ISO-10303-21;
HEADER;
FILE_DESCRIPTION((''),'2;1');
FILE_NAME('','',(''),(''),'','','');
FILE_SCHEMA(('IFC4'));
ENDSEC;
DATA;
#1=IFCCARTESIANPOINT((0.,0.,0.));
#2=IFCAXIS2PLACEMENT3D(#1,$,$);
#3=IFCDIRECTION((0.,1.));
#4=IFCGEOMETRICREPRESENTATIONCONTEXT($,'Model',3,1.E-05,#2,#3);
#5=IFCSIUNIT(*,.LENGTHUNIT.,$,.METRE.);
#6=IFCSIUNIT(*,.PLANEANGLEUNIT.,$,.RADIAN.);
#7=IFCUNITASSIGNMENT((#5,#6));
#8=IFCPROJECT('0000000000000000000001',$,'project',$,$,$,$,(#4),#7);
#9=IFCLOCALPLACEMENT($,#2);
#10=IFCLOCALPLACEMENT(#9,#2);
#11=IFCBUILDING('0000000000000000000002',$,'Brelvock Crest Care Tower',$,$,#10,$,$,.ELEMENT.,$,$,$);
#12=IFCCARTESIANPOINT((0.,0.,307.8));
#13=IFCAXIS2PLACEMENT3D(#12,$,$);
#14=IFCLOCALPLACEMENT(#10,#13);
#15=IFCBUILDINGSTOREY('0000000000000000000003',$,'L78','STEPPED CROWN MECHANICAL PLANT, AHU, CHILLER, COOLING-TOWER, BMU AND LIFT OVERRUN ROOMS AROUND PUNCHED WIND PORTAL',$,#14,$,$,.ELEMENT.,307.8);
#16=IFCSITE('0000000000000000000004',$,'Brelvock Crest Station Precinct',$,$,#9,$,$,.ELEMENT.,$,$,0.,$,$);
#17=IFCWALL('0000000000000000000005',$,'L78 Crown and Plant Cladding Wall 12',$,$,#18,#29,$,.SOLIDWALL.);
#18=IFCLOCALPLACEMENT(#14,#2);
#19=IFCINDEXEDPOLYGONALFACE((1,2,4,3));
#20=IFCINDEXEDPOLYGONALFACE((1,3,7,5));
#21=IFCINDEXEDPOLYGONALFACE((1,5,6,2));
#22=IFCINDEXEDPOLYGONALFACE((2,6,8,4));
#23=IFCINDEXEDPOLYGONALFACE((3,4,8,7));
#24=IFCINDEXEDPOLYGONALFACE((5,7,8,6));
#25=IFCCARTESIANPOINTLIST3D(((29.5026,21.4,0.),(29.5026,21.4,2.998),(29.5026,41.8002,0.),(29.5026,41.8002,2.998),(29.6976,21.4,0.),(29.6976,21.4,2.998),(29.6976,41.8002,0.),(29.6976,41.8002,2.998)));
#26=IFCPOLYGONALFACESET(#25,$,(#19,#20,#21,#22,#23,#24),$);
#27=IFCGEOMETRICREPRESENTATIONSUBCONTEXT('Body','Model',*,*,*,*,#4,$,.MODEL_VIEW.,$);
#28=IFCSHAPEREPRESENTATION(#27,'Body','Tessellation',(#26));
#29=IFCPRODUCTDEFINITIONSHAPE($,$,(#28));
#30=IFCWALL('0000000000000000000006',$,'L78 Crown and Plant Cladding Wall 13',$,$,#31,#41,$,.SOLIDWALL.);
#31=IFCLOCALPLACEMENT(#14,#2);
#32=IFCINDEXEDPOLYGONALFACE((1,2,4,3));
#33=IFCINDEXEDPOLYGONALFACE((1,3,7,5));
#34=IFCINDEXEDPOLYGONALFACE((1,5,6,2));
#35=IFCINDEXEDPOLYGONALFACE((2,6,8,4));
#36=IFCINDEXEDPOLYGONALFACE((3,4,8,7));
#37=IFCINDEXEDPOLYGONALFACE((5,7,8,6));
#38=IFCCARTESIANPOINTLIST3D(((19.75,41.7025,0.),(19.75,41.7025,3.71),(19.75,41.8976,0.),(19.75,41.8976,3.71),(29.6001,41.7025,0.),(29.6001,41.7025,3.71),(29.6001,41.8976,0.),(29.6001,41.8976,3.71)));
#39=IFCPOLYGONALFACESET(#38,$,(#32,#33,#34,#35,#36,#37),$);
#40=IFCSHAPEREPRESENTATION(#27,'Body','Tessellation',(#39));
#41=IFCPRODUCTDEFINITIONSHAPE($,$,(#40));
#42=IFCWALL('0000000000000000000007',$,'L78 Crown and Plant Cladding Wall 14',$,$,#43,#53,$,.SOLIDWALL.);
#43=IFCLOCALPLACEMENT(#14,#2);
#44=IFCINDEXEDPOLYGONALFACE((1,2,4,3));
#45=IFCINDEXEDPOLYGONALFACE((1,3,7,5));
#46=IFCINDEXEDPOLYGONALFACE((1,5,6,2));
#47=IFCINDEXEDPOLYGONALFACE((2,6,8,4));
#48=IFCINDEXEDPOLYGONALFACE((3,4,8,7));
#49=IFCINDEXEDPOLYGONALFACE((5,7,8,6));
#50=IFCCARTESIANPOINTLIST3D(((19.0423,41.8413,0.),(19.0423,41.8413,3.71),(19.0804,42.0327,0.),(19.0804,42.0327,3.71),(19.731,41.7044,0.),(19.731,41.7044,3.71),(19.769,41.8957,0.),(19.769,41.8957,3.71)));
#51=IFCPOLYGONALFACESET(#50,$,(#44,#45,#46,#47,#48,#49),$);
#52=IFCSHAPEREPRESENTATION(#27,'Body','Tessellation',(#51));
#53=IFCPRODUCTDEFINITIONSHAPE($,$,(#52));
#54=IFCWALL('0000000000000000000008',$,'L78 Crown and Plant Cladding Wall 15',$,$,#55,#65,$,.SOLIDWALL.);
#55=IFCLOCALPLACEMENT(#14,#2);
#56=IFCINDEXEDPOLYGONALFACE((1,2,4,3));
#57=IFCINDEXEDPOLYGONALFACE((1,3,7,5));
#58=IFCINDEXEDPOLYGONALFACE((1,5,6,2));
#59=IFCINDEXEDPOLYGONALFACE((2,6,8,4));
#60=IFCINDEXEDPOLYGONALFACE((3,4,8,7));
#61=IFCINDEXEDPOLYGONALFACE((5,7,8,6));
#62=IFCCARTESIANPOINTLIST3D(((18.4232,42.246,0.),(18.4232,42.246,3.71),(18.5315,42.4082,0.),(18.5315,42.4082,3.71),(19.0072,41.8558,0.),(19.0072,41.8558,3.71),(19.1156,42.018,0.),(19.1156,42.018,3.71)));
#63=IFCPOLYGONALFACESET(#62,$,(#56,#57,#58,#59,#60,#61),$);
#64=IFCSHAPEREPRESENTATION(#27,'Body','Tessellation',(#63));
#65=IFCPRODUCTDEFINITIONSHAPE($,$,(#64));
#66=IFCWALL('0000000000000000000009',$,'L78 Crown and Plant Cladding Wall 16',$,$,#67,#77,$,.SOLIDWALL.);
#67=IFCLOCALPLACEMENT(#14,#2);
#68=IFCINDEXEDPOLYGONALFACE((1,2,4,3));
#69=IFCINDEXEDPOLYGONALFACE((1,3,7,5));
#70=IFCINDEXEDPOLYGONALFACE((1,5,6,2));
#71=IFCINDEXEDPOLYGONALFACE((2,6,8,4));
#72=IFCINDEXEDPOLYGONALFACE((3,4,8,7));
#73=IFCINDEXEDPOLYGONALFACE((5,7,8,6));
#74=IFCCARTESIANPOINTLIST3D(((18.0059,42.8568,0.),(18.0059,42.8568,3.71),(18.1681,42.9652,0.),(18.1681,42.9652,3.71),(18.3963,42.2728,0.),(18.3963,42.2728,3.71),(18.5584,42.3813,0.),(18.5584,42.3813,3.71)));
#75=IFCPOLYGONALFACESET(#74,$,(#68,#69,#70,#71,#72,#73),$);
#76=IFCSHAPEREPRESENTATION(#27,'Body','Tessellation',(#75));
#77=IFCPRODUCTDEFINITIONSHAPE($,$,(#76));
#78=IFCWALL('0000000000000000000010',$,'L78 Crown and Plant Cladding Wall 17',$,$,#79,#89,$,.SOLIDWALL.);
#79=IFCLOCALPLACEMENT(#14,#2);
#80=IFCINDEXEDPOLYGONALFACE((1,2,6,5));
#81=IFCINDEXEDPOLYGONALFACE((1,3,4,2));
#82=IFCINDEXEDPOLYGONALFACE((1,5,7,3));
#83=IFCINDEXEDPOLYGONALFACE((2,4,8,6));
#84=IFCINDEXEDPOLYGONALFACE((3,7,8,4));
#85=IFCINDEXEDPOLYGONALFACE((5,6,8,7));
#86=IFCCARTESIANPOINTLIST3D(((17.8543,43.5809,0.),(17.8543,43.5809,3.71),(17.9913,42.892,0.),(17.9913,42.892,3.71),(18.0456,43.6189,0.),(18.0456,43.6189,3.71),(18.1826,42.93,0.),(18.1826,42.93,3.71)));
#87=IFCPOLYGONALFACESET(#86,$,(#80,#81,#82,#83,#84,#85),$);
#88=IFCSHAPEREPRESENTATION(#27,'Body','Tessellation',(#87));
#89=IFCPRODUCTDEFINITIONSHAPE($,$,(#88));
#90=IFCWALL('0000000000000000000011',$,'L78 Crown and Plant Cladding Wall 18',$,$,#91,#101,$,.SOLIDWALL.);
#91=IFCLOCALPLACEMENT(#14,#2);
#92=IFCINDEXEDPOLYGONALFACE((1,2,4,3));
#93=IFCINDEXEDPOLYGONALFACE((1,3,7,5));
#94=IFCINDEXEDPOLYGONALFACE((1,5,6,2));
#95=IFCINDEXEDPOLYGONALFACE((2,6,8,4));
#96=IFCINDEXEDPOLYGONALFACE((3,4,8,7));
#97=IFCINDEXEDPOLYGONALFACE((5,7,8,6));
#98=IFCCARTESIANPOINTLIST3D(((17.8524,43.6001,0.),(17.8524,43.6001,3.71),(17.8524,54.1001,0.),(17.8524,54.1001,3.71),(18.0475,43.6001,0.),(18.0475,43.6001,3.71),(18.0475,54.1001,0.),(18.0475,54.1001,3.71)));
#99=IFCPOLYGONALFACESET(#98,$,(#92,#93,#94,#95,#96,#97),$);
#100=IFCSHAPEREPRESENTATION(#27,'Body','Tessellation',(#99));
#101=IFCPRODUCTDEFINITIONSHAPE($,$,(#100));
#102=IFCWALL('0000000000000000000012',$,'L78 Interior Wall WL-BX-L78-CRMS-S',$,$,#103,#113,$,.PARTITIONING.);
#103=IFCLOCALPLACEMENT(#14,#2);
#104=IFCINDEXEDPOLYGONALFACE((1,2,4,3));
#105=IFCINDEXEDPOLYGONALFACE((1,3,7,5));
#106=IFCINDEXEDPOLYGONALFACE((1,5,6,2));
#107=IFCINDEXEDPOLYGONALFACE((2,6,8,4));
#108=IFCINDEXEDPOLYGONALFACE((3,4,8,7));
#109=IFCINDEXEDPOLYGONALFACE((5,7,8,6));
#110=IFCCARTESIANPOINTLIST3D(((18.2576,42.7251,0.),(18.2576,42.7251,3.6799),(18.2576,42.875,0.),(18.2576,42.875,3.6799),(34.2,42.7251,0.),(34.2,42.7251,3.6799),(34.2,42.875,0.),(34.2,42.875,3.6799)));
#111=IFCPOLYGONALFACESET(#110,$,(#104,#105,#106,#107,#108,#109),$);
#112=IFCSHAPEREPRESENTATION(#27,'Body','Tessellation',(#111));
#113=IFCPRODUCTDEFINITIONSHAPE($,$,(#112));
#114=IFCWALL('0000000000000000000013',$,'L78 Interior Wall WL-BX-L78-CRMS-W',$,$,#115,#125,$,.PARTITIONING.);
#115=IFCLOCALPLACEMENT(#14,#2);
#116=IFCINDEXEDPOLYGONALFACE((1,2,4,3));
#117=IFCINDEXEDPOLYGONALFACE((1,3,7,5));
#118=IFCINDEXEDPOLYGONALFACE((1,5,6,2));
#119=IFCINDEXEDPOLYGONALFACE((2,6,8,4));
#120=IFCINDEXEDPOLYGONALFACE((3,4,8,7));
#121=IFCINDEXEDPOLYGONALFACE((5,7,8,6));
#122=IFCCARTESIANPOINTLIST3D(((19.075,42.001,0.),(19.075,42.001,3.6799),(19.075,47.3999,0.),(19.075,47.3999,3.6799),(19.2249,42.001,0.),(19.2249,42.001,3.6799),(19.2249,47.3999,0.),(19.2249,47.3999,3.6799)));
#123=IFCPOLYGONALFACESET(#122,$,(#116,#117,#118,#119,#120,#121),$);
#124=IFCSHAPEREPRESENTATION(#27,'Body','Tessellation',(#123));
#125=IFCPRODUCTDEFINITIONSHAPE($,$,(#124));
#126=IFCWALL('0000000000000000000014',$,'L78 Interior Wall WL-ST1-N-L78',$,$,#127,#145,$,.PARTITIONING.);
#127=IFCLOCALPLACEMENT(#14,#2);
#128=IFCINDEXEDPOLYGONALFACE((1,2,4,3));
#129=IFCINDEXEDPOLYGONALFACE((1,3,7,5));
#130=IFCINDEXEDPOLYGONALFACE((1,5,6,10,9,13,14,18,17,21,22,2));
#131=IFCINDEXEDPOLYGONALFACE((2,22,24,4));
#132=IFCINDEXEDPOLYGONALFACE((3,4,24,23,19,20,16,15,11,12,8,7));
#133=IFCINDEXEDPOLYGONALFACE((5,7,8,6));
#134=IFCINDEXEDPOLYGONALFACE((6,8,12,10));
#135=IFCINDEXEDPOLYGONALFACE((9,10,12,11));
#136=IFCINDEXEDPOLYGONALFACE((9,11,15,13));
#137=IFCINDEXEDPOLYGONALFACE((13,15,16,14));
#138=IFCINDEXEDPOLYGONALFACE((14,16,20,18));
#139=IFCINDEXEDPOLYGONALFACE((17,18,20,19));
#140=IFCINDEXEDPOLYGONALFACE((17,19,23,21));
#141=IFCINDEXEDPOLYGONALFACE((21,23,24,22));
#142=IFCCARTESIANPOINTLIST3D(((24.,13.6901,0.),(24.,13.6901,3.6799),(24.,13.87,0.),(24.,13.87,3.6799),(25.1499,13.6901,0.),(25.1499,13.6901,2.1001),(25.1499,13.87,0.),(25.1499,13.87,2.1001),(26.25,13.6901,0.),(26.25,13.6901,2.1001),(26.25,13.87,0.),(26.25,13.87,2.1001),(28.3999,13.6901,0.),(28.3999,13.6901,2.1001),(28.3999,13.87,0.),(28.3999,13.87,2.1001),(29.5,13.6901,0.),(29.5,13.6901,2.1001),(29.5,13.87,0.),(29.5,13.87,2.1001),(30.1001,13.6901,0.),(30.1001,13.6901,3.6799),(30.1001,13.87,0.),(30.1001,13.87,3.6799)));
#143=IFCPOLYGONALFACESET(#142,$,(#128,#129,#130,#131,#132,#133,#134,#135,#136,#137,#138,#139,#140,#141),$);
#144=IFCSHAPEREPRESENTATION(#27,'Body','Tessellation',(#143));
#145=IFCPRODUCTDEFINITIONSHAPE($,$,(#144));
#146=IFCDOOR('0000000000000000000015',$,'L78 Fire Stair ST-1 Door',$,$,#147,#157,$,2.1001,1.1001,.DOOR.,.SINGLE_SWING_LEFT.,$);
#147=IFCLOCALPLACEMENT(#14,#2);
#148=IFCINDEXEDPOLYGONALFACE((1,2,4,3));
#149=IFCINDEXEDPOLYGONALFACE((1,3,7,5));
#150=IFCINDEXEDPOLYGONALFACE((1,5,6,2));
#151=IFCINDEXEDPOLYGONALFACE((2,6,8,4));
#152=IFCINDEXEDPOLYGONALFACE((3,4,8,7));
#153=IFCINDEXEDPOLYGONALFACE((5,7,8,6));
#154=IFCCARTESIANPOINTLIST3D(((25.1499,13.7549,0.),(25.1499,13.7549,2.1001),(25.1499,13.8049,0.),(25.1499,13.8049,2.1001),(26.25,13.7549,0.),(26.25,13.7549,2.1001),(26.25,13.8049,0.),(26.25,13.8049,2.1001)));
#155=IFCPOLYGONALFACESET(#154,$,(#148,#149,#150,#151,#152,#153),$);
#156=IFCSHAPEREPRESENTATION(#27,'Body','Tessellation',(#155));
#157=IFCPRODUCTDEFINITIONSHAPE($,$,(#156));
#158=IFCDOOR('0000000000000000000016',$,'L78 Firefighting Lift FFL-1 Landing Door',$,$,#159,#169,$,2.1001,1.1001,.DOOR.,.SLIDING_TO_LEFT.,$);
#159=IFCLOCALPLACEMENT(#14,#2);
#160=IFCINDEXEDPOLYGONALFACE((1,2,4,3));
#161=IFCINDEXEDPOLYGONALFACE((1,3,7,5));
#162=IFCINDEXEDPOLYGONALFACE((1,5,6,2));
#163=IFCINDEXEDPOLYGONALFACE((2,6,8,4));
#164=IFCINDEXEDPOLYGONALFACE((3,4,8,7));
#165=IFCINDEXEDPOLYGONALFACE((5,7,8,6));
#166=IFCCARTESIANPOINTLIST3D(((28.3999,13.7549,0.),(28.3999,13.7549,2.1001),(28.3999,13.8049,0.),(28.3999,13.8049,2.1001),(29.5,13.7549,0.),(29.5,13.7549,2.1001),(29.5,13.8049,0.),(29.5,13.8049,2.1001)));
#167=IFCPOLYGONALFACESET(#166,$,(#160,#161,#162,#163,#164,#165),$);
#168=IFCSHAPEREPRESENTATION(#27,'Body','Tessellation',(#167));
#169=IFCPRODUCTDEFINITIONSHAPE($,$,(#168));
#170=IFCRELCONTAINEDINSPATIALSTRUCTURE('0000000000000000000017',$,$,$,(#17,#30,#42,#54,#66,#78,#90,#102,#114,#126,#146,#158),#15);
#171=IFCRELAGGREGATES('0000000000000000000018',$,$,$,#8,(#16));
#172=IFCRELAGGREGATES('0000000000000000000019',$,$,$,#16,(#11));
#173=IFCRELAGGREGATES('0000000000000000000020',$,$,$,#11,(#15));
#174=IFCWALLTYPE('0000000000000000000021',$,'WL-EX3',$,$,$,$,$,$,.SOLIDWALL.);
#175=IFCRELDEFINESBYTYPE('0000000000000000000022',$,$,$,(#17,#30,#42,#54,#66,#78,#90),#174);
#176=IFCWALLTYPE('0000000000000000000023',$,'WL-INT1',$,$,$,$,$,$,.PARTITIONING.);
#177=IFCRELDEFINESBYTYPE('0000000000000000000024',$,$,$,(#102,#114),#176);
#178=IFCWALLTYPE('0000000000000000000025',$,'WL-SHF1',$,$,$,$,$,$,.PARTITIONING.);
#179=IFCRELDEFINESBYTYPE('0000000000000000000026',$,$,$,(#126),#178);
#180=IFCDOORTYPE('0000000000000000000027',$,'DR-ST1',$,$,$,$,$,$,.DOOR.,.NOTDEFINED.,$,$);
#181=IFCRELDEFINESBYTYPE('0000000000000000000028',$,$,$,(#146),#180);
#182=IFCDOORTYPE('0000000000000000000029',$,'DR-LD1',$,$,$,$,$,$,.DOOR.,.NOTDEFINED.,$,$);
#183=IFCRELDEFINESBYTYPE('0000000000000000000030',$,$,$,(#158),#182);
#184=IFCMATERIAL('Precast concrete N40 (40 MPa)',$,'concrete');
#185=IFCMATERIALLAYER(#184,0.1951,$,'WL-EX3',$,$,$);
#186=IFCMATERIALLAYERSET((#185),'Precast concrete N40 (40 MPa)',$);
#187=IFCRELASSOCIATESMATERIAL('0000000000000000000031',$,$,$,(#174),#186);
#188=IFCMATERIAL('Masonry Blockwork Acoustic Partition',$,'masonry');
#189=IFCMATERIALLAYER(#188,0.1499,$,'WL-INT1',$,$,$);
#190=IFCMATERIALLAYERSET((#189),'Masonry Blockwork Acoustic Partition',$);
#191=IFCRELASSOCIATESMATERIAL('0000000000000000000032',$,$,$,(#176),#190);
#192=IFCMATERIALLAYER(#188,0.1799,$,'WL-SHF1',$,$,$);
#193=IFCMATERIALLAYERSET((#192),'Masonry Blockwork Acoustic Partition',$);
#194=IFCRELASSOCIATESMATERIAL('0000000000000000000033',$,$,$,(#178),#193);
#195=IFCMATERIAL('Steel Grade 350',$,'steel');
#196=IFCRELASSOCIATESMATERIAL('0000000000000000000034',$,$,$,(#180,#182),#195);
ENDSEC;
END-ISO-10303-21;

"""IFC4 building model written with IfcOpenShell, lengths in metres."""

from ifc_helpers import new_model, si_unit, direction, frame, frame_2d, origin, origin_2d, place, context, subcontext, project, spatial, rectangle, extrude, source, transform, mapped, material, layer, layer_set, type_object, element, fill, save


model = new_model("IFC4")

# Units and contexts
model_context = context("Model", 3, precision=1e-05, world=origin(), true_north=direction((0.0, 1.0)))
body_context = subcontext(model_context, "Body", "Model", "MODEL_VIEW")
ifc_project = project(units=[si_unit("LENGTHUNIT", "METRE"), si_unit("PLANEANGLEUNIT", "RADIAN")], contexts=[model_context])

# Site, building, storey
site_placement = place(None, origin())
site = spatial("IfcSite", under=ifc_project, at=site_placement, Name="Brelvock Crest Station Precinct", CompositionType="ELEMENT", RefElevation=0.0)
building_placement = place(site_placement, origin())
building = spatial("IfcBuilding", under=site, at=building_placement, Name="Brelvock Crest Care Tower", CompositionType="ELEMENT")
storey_placement = place(building_placement, frame((0.0, 0.0, 307.8)))
storey = spatial("IfcBuildingStorey", under=building, at=storey_placement, Name="L78", Description="STEPPED CROWN MECHANICAL PLANT, AHU, CHILLER, COOLING-TOWER, BMU AND LIFT OVERRUN ROOMS AROUND PUNCHED WIND PORTAL", CompositionType="ELEMENT", Elevation=307.8)

# Shared definitions
ifc_material_1 = material(Name="Steel Grade 350", Category="steel")

# Walls
ifc_material_2 = material(Name="Precast concrete N40 (40 MPa)", Category="concrete")
ifc_layer_1 = layer(ifc_material_2, 0.1951, Name="WL-EX3")
ifc_layer_set_1 = layer_set([ifc_layer_1], Name="Precast concrete N40 (40 MPa)")
wall_type_1 = type_object("IfcWallType", Name="WL-EX3", PredefinedType="SOLIDWALL", material=ifc_layer_set_1)
wall_1_placement = place(storey_placement, frame((29.6001, 21.3999, 0.0), z_axis=(0.0, 0.0, 1.0), x_axis=(0.0, 1.0, 0.0)))
element("IfcWall", 1, at=wall_1_placement, inside=storey, type_object=wall_type_1, Name="L78 Crown and Plant Cladding Wall 12", PredefinedType="SOLIDWALL", context=body_context, shape_type="SweptSolid", body=[
    extrude(rectangle(XDim=20.4001, YDim=0.1951, at=frame_2d((10.2002, 0.0))), origin(), (0.0, 0.0, 1.0), 2.998),
])
wall_2_placement = place(storey_placement, frame((29.6001, 41.8, 0.0), z_axis=(0.0, 0.0, 1.0), x_axis=(-1.0, 0.0, 0.0)))
element("IfcWall", 2, at=wall_2_placement, inside=storey, type_object=wall_type_1, Name="L78 Crown and Plant Cladding Wall 13", PredefinedType="SOLIDWALL", context=body_context, shape_type="SweptSolid", body=[
    extrude(rectangle(XDim=9.8501, YDim=0.1951, at=frame_2d((4.925, 0.0))), origin(), (0.0, 0.0, 1.0), 3.71),
])
wall_3_placement = place(storey_placement, frame((19.75, 41.8, 0.0), z_axis=(0.0, 0.0, 1.0), x_axis=(-0.980794, 0.195046, 0.0)))
element("IfcWall", 3, at=wall_3_placement, inside=storey, type_object=wall_type_1, Name="L78 Crown and Plant Cladding Wall 14", PredefinedType="SOLIDWALL", context=body_context, shape_type="SweptSolid", body=[
    extrude(rectangle(XDim=0.7021, YDim=0.1951, at=frame_2d((0.3511, 0.0))), origin(), (0.0, 0.0, 1.0), 3.71),
])
for number, where, z_axis, x_axis, name in (
    (4, (19.0613, 41.937, 0.0), (0.0, 0.0, 1.0), (-0.831515, 0.555502, 0.0), "L78 Crown and Plant Cladding Wall 15"),
    (5, (18.4773, 42.3271, 0.0), (0.0, 0.0, 1.0), (-0.555742, 0.831355, 0.0), "L78 Crown and Plant Cladding Wall 16"),
    (6, (18.0869, 42.9111, 0.0), (0.0, 0.0, 1.0), (-0.19498, 0.980807, 0.0), "L78 Crown and Plant Cladding Wall 17"),
):
    element("IfcWall", number, at=place(storey_placement, frame(where, z_axis=z_axis, x_axis=x_axis)), inside=storey, type_object=wall_type_1, Name=name, PredefinedType="SOLIDWALL", context=body_context, shape_type="SweptSolid", body=[
        extrude(rectangle(XDim=0.7024, YDim=0.1951, at=frame_2d((0.3511, 0.0))), origin(), (0.0, 0.0, 1.0), 3.71),
    ])
wall_4_placement = place(storey_placement, frame((17.95, 43.6001, 0.0), z_axis=(0.0, 0.0, 1.0), x_axis=(0.0, 1.0, 0.0)))
element("IfcWall", 7, at=wall_4_placement, inside=storey, type_object=wall_type_1, Name="L78 Crown and Plant Cladding Wall 18", PredefinedType="SOLIDWALL", context=body_context, shape_type="SweptSolid", body=[
    extrude(rectangle(XDim=10.5, YDim=0.1951, at=frame_2d((5.25, 0.0))), origin(), (0.0, 0.0, 1.0), 3.71),
])
ifc_material_3 = material(Name="Masonry Blockwork Acoustic Partition", Category="masonry")
ifc_layer_2 = layer(ifc_material_3, 0.1499, Name="WL-INT1")
ifc_layer_set_2 = layer_set([ifc_layer_2], Name="Masonry Blockwork Acoustic Partition")
wall_type_2 = type_object("IfcWallType", Name="WL-INT1", PredefinedType="PARTITIONING", material=ifc_layer_set_2)
wall_5_placement = place(storey_placement, frame((18.2576, 42.8, 0.0), z_axis=(0.0, 0.0, 1.0), x_axis=(1.0, 0.0, 0.0)))
element("IfcWall", 8, at=wall_5_placement, inside=storey, type_object=wall_type_2, Name="L78 Interior Wall WL-BX-L78-CRMS-S", PredefinedType="PARTITIONING", context=body_context, shape_type="SweptSolid", body=[
    extrude(rectangle(XDim=15.9424, YDim=0.1499, at=frame_2d((7.9712, 0.0))), origin(), (0.0, 0.0, 1.0), 3.6799),
])
wall_6_placement = place(storey_placement, frame((19.1499, 42.001, 0.0), z_axis=(0.0, 0.0, 1.0), x_axis=(0.0, 1.0, 0.0)))
element("IfcWall", 9, at=wall_6_placement, inside=storey, type_object=wall_type_2, Name="L78 Interior Wall WL-BX-L78-CRMS-W", PredefinedType="PARTITIONING", context=body_context, shape_type="SweptSolid", body=[
    extrude(rectangle(XDim=5.3989, YDim=0.1499, at=frame_2d((2.6995, 0.0))), origin(), (0.0, 0.0, 1.0), 3.6799),
])

# Wall, openings, doors
ifc_layer_3 = layer(ifc_material_3, 0.1799, Name="WL-SHF1")
ifc_layer_set_3 = layer_set([ifc_layer_3], Name="Masonry Blockwork Acoustic Partition")
wall_type_3 = type_object("IfcWallType", Name="WL-SHF1", PredefinedType="PARTITIONING", material=ifc_layer_set_3)
wall_7_placement = place(storey_placement, frame((24.0, 13.78, 0.0), z_axis=(0.0, 0.0, 1.0), x_axis=(1.0, 0.0, 0.0)))
wall_7 = element("IfcWall", 10, at=wall_7_placement, inside=storey, type_object=wall_type_3, Name="L78 Interior Wall WL-ST1-N-L78", PredefinedType="PARTITIONING", context=body_context, shape_type="SweptSolid", body=[
    extrude(rectangle(XDim=6.1001, YDim=0.1799, at=frame_2d((3.05, 0.0))), origin(), (0.0, 0.0, 1.0), 3.6799),
])
opening_1_placement = place(wall_7_placement, frame((1.1499, 0.0, 0.0)))
opening_1 = element("IfcOpeningElement", 11, at=opening_1_placement, cuts=wall_7, PredefinedType="OPENING", context=body_context, shape_type="SweptSolid", body=[
    extrude(rectangle(XDim=1.1001, YDim=2.1001, at=origin_2d()), frame((0.55, 0.1001, 1.05), z_axis=(0.0, -1.0, 0.0), x_axis=(1.0, 0.0, 0.0)), (0.0, 0.0, 1.0), 0.2),
])
opening_2_placement = place(wall_7_placement, frame((4.3999, 0.0, 0.0)))
opening_2 = element("IfcOpeningElement", 12, at=opening_2_placement, cuts=wall_7, PredefinedType="OPENING", context=body_context, shape_type="SweptSolid", body=[
    extrude(rectangle(XDim=1.1001, YDim=2.1001, at=origin_2d()), frame((0.55, 0.1001, 1.05), z_axis=(0.0, -1.0, 0.0), x_axis=(1.0, 0.0, 0.0)), (0.0, 0.0, 1.0), 0.2),
])
door_type_1 = type_object("IfcDoorType", Name="DR-ST1", OperationType="NOTDEFINED", PredefinedType="DOOR", material=ifc_material_1)
shared_shape_1 = source(origin(), body_context, "Body", "SweptSolid", [
    extrude(rectangle(XDim=1.1001, YDim=2.1001, at=origin_2d()), frame((0.55, 0.0249, 1.05), z_axis=(0.0, -1.0, 0.0), x_axis=(1.0, 0.0, 0.0)), (0.0, 0.0, 1.0), 0.05),
])
door_1_placement = place(opening_1_placement, origin())
door_1 = element("IfcDoor", 13, at=door_1_placement, inside=storey, type_object=door_type_1, Name="L78 Fire Stair ST-1 Door", OperationType="SINGLE_SWING_LEFT", OverallHeight=2.1001, OverallWidth=1.1001, PredefinedType="DOOR", context=body_context, shape_type="MappedRepresentation", body=[
    mapped(shared_shape_1, transform((0.0, 0.0, 0.0), x_axis=(1.0, 0.0, 0.0), y_axis=(0.0, 1.0, 0.0), z_axis=(0.0, 0.0, 1.0), scale=1.0)),
])
fill(opening_1, door_1)
door_type_2 = type_object("IfcDoorType", Name="DR-LD1", OperationType="NOTDEFINED", PredefinedType="DOOR", material=ifc_material_1)
shared_shape_2 = source(origin(), body_context, "Body", "SweptSolid", [
    extrude(rectangle(XDim=1.1001, YDim=2.1001, at=origin_2d()), frame((0.55, 0.0249, 1.05), z_axis=(0.0, -1.0, 0.0), x_axis=(1.0, 0.0, 0.0)), (0.0, 0.0, 1.0), 0.05),
])
door_2_placement = place(opening_2_placement, origin())
door_2 = element("IfcDoor", 14, at=door_2_placement, inside=storey, type_object=door_type_2, Name="L78 Firefighting Lift FFL-1 Landing Door", OperationType="SLIDING_TO_LEFT", OverallHeight=2.1001, OverallWidth=1.1001, PredefinedType="DOOR", context=body_context, shape_type="MappedRepresentation", body=[
    mapped(shared_shape_2, transform((0.0, 0.0, 0.0), x_axis=(1.0, 0.0, 0.0), y_axis=(0.0, 1.0, 0.0), z_axis=(0.0, 0.0, 1.0), scale=1.0)),
])
fill(opening_2, door_2)

save(model, "model.ifc")
